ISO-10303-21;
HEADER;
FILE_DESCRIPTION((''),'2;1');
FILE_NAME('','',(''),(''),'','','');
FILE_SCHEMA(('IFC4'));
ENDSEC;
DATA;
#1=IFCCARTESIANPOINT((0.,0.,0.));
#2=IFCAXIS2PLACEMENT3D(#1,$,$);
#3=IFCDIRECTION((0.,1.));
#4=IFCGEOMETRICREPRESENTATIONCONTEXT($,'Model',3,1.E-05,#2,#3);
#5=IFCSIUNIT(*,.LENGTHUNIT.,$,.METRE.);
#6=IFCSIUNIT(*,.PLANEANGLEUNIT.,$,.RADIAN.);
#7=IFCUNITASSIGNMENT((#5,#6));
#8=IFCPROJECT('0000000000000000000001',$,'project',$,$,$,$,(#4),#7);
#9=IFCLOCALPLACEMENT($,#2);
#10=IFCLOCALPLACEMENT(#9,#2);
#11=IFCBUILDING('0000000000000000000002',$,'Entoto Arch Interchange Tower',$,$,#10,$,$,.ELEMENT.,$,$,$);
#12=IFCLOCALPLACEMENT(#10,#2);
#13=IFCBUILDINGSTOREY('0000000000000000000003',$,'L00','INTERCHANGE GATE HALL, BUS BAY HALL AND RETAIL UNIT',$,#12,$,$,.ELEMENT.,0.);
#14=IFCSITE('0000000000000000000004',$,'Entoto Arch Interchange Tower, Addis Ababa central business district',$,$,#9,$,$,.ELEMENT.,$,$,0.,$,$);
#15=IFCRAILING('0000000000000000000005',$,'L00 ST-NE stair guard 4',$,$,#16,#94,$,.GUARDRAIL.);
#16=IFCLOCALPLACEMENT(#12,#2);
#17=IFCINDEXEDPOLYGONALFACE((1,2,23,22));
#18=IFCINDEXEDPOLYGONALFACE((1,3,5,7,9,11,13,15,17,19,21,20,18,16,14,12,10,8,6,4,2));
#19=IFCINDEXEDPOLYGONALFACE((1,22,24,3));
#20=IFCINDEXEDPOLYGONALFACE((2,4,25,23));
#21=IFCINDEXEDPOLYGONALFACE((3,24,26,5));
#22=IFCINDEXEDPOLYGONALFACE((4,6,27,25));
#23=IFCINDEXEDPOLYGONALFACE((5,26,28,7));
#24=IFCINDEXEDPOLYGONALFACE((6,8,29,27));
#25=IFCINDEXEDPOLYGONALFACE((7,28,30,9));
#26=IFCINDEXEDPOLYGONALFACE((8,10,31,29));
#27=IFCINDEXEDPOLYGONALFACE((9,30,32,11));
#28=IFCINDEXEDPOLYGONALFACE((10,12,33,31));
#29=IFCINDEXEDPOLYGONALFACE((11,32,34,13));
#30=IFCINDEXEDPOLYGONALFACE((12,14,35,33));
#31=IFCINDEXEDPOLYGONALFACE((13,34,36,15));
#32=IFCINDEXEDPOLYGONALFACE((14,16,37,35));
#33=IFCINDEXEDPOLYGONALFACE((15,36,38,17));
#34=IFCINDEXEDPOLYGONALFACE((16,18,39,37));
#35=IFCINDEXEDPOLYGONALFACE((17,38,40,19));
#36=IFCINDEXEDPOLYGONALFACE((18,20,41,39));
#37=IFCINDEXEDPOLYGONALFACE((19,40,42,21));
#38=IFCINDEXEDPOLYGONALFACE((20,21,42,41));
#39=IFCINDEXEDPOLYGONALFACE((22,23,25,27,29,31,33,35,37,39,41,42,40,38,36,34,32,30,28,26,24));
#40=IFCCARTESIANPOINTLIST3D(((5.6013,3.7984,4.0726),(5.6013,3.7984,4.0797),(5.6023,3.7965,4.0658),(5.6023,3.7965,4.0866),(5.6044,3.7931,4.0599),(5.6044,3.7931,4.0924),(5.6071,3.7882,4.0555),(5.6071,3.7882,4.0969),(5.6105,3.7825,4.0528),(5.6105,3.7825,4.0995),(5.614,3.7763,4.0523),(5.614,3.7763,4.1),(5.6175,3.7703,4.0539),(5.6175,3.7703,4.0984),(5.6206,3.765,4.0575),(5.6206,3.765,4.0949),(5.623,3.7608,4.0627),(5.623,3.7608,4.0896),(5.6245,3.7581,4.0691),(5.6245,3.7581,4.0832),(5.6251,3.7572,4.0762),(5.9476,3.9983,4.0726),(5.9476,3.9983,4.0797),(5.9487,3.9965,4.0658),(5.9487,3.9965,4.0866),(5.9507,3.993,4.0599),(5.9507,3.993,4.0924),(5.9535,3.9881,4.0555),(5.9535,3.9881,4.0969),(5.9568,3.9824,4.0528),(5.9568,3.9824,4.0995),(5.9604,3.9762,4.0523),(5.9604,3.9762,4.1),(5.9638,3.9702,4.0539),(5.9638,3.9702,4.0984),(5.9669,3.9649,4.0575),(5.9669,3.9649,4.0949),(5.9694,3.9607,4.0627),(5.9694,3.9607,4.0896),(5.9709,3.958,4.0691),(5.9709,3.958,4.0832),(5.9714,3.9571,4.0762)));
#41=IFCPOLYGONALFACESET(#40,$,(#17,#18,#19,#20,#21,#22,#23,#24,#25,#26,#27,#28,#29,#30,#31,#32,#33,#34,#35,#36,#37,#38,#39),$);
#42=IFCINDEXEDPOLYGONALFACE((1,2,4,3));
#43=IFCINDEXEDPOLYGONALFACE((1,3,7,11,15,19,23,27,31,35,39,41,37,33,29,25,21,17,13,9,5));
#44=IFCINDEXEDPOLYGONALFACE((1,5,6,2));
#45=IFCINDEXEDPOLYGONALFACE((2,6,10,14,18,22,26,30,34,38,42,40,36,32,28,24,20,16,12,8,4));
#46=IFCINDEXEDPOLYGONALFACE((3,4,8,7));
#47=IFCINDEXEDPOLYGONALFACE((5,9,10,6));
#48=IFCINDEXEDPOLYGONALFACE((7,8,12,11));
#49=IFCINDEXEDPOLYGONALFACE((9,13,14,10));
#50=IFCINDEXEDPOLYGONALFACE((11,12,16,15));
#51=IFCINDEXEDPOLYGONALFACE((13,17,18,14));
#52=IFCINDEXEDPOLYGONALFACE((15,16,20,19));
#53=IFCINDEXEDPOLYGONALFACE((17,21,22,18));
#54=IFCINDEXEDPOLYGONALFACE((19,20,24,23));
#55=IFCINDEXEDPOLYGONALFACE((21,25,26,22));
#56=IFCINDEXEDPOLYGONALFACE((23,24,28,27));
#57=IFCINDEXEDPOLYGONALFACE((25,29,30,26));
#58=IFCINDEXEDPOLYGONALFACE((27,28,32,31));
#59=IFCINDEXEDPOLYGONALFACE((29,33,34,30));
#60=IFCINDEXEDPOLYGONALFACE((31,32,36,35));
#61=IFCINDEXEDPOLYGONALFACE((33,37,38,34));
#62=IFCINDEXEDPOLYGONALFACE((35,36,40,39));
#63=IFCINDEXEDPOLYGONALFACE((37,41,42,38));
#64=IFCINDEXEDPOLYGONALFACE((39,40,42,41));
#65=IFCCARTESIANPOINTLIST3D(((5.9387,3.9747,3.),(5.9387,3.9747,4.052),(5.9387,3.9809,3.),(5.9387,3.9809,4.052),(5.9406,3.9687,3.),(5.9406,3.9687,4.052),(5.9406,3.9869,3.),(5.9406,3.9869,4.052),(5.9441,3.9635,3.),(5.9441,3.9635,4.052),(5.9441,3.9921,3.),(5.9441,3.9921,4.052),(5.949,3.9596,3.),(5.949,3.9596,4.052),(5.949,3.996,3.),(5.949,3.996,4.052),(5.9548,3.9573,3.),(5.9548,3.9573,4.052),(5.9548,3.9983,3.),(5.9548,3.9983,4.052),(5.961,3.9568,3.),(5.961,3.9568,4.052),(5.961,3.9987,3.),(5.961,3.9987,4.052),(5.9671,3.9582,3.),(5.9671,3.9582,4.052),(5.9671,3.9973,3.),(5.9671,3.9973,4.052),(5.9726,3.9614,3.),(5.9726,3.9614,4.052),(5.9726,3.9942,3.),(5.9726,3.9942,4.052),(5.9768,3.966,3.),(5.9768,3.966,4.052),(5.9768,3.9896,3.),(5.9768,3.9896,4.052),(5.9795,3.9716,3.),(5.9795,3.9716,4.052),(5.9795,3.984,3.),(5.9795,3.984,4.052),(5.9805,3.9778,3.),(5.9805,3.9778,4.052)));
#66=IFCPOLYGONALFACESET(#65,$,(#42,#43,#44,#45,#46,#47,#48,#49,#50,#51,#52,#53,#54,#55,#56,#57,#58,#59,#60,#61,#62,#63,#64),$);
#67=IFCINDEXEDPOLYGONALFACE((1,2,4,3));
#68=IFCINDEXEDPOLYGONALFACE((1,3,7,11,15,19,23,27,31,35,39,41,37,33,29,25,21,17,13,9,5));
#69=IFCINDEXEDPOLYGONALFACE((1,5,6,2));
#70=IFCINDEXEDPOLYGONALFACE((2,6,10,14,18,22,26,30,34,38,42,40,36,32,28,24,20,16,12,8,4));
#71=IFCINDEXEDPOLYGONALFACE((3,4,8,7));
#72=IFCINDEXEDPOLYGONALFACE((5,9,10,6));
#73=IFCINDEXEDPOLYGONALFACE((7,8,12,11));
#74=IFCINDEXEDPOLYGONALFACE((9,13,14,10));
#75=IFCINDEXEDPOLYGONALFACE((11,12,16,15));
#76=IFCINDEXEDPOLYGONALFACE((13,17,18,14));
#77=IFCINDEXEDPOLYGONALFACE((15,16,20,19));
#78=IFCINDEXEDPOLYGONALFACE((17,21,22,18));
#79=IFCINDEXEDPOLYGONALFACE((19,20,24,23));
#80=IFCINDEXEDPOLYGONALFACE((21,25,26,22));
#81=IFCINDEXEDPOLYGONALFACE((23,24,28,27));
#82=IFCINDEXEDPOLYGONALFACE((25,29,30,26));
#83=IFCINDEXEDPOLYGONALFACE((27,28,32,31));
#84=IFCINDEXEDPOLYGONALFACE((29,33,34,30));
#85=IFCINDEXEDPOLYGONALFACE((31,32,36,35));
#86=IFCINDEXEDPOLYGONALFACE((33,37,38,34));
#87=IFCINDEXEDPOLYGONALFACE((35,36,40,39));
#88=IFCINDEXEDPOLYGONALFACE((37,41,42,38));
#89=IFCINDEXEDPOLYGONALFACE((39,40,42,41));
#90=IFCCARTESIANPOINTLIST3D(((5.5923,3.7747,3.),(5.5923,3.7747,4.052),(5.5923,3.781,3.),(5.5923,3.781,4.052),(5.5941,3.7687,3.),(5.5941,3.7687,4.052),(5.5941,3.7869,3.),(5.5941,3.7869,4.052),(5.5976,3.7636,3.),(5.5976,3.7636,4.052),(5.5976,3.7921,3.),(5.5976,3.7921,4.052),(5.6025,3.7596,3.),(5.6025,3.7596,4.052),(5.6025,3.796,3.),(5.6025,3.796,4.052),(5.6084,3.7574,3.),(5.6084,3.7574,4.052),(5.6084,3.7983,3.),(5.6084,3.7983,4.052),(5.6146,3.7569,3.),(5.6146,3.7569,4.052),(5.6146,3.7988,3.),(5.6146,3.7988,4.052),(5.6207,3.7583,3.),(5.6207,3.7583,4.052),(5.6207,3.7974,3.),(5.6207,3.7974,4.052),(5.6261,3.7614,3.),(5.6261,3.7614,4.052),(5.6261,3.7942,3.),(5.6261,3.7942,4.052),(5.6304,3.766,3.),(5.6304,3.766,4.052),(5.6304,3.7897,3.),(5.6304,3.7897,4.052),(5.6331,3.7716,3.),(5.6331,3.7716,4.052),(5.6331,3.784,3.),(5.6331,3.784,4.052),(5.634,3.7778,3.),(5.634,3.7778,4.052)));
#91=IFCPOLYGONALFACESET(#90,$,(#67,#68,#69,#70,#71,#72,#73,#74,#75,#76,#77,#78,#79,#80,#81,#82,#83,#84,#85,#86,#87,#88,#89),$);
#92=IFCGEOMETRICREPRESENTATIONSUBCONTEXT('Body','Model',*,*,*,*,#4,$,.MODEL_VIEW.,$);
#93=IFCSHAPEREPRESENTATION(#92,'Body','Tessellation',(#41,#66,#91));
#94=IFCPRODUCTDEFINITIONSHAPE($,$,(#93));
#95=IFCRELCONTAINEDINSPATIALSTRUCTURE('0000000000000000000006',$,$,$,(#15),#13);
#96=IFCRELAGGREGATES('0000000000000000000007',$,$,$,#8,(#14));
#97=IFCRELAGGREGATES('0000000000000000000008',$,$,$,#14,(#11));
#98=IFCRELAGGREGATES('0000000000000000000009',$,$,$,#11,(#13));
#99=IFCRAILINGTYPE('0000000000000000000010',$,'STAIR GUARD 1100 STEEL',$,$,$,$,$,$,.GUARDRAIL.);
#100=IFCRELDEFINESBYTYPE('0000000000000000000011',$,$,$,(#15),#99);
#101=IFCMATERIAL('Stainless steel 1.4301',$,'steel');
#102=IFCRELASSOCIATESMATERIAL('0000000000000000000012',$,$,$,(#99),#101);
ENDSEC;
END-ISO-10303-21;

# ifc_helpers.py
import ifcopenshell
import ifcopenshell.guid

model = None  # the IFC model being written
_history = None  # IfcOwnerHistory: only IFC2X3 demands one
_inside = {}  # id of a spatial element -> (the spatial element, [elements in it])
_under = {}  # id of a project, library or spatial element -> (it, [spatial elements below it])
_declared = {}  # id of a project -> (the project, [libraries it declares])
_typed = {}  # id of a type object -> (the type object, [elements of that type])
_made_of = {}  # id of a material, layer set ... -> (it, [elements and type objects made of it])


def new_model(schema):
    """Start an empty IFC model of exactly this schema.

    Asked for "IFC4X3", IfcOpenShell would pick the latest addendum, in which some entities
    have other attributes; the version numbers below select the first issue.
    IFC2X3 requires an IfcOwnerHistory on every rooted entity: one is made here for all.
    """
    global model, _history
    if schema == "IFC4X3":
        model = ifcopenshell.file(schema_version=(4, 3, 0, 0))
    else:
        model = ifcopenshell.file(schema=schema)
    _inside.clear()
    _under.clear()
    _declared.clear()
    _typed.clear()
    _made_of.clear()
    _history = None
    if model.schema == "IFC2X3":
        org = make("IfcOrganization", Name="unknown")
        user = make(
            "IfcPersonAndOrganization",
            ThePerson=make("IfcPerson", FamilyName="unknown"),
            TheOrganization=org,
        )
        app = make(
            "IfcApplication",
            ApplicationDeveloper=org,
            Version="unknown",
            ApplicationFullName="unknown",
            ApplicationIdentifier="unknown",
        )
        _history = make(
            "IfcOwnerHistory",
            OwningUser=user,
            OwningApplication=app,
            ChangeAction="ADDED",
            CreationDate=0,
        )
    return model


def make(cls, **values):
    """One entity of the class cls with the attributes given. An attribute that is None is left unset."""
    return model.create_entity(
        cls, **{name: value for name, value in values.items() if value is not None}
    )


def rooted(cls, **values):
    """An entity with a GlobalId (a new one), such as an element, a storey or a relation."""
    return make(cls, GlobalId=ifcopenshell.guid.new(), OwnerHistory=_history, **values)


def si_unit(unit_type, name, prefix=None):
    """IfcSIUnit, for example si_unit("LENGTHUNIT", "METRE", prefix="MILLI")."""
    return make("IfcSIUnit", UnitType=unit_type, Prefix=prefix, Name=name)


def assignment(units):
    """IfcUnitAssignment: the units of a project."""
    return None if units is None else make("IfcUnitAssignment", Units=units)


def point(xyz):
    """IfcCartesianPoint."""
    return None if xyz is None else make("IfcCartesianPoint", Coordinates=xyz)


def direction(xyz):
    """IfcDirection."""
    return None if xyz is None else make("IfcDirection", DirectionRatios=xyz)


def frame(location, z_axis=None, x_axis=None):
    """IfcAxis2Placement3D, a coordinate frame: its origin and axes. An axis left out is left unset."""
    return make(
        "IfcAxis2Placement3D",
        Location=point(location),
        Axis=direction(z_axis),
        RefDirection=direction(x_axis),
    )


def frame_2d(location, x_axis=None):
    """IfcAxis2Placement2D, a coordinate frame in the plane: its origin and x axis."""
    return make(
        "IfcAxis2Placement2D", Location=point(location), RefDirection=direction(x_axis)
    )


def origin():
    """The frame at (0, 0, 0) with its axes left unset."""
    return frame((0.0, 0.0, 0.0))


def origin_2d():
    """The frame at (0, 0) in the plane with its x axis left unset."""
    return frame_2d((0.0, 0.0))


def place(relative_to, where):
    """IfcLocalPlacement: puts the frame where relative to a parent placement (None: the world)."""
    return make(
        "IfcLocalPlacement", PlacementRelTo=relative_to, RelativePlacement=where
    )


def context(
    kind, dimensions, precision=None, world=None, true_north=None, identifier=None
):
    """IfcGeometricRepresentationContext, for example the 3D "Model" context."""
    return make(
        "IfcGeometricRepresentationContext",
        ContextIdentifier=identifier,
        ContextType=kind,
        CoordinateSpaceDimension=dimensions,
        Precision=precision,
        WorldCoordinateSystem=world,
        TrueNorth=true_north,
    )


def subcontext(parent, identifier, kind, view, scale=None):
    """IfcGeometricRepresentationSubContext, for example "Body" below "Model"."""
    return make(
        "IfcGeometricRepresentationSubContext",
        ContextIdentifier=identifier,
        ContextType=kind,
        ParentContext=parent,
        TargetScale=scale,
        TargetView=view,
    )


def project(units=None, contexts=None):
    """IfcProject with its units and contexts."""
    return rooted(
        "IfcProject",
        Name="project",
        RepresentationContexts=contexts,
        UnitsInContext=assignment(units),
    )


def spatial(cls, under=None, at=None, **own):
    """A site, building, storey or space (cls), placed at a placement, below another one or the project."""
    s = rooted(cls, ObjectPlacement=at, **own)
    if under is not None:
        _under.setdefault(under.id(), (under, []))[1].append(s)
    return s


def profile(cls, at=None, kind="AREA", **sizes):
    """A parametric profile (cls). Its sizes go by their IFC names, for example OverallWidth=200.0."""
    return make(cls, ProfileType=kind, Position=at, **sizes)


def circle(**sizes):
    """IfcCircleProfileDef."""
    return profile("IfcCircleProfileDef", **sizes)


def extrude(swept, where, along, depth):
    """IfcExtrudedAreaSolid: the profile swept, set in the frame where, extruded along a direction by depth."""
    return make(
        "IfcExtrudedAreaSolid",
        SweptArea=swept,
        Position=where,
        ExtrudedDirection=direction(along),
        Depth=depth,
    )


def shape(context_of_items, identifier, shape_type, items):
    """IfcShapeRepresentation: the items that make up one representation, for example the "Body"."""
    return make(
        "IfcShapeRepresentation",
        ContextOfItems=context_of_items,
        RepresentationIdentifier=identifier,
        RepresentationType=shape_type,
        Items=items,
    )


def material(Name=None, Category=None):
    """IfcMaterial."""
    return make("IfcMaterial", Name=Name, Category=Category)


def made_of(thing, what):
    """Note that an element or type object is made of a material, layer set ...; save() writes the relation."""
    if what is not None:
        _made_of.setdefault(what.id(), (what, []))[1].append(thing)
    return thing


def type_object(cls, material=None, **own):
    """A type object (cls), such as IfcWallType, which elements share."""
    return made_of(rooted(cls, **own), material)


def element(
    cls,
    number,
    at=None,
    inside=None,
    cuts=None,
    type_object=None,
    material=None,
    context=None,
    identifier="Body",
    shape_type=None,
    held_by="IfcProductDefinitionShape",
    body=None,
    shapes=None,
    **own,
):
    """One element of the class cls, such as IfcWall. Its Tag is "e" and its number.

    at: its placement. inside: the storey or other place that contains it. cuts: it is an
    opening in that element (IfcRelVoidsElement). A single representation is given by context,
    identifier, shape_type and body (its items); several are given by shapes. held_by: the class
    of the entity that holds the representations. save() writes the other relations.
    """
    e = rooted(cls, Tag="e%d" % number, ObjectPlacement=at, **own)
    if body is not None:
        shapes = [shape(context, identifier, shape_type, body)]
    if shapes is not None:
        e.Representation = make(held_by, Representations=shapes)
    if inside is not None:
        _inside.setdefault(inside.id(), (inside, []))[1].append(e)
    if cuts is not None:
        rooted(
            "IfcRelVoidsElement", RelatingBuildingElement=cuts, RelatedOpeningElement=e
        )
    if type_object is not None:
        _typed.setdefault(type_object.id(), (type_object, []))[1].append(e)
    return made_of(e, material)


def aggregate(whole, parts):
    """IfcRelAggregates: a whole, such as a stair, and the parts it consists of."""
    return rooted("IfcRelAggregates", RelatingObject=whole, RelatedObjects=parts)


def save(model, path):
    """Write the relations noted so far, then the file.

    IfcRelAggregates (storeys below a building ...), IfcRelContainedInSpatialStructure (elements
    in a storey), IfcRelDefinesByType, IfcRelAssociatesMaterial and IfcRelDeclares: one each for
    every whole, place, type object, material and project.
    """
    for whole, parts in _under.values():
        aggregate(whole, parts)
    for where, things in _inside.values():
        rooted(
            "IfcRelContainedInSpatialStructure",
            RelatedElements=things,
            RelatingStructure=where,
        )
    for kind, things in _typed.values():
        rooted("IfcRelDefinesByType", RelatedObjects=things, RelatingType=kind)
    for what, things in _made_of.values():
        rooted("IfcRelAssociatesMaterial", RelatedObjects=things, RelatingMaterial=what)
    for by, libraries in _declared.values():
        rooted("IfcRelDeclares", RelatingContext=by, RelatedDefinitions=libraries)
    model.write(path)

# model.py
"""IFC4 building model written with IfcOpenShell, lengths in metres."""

from ifc_helpers import new_model, si_unit, direction, frame, origin, origin_2d, place, context, subcontext, project, spatial, circle, extrude, material, type_object, element, save


model = new_model("IFC4")

# Units and contexts
model_context = context("Model", 3, precision=1e-05, world=origin(), true_north=direction((0.0, 1.0)))
body_context = subcontext(model_context, "Body", "Model", "MODEL_VIEW")
ifc_project = project(units=[si_unit("LENGTHUNIT", "METRE"), si_unit("PLANEANGLEUNIT", "RADIAN")], contexts=[model_context])

# Site, building, storey
site_placement = place(None, origin())
site = spatial("IfcSite", under=ifc_project, at=site_placement, Name="Entoto Arch Interchange Tower, Addis Ababa central business district", CompositionType="ELEMENT", RefElevation=0.0)
building_placement = place(site_placement, origin())
building = spatial("IfcBuilding", under=site, at=building_placement, Name="Entoto Arch Interchange Tower", CompositionType="ELEMENT")
storey_placement = place(building_placement, origin())
storey = spatial("IfcBuildingStorey", under=building, at=storey_placement, Name="L00", Description="INTERCHANGE GATE HALL, BUS BAY HALL AND RETAIL UNIT", CompositionType="ELEMENT", Elevation=0.0)

# Railing
ifc_material_1 = material(Name="Stainless steel 1.4301", Category="steel")
railing_type_1 = type_object("IfcRailingType", Name="STAIR GUARD 1100 STEEL", PredefinedType="GUARDRAIL", material=ifc_material_1)
railing_1_placement = place(storey_placement, frame((5.9595, 3.9778, 3.0)))
element("IfcRailing", 1, at=railing_1_placement, inside=storey, type_object=railing_type_1, Name="L00 ST-NE stair guard 4", PredefinedType="GUARDRAIL", context=body_context, shape_type="SweptSolid", body=[
    extrude(circle(Radius=0.0239, at=origin_2d()), frame((0.0, 0.0, 1.0762), z_axis=(-0.866094, -0.499881, 0.0), x_axis=(0.499881, -0.866094, 0.0)), (0.0, 0.0, 1.0), 0.3999),
    extrude(circle(Radius=0.021, at=origin_2d()), origin(), (0.0, 0.0, 1.0), 1.052),
    extrude(circle(Radius=0.021, at=origin_2d()), frame((-0.3464, -0.2, 0.0)), (0.0, 0.0, 1.0), 1.052),
])

save(model, "model.ifc")
